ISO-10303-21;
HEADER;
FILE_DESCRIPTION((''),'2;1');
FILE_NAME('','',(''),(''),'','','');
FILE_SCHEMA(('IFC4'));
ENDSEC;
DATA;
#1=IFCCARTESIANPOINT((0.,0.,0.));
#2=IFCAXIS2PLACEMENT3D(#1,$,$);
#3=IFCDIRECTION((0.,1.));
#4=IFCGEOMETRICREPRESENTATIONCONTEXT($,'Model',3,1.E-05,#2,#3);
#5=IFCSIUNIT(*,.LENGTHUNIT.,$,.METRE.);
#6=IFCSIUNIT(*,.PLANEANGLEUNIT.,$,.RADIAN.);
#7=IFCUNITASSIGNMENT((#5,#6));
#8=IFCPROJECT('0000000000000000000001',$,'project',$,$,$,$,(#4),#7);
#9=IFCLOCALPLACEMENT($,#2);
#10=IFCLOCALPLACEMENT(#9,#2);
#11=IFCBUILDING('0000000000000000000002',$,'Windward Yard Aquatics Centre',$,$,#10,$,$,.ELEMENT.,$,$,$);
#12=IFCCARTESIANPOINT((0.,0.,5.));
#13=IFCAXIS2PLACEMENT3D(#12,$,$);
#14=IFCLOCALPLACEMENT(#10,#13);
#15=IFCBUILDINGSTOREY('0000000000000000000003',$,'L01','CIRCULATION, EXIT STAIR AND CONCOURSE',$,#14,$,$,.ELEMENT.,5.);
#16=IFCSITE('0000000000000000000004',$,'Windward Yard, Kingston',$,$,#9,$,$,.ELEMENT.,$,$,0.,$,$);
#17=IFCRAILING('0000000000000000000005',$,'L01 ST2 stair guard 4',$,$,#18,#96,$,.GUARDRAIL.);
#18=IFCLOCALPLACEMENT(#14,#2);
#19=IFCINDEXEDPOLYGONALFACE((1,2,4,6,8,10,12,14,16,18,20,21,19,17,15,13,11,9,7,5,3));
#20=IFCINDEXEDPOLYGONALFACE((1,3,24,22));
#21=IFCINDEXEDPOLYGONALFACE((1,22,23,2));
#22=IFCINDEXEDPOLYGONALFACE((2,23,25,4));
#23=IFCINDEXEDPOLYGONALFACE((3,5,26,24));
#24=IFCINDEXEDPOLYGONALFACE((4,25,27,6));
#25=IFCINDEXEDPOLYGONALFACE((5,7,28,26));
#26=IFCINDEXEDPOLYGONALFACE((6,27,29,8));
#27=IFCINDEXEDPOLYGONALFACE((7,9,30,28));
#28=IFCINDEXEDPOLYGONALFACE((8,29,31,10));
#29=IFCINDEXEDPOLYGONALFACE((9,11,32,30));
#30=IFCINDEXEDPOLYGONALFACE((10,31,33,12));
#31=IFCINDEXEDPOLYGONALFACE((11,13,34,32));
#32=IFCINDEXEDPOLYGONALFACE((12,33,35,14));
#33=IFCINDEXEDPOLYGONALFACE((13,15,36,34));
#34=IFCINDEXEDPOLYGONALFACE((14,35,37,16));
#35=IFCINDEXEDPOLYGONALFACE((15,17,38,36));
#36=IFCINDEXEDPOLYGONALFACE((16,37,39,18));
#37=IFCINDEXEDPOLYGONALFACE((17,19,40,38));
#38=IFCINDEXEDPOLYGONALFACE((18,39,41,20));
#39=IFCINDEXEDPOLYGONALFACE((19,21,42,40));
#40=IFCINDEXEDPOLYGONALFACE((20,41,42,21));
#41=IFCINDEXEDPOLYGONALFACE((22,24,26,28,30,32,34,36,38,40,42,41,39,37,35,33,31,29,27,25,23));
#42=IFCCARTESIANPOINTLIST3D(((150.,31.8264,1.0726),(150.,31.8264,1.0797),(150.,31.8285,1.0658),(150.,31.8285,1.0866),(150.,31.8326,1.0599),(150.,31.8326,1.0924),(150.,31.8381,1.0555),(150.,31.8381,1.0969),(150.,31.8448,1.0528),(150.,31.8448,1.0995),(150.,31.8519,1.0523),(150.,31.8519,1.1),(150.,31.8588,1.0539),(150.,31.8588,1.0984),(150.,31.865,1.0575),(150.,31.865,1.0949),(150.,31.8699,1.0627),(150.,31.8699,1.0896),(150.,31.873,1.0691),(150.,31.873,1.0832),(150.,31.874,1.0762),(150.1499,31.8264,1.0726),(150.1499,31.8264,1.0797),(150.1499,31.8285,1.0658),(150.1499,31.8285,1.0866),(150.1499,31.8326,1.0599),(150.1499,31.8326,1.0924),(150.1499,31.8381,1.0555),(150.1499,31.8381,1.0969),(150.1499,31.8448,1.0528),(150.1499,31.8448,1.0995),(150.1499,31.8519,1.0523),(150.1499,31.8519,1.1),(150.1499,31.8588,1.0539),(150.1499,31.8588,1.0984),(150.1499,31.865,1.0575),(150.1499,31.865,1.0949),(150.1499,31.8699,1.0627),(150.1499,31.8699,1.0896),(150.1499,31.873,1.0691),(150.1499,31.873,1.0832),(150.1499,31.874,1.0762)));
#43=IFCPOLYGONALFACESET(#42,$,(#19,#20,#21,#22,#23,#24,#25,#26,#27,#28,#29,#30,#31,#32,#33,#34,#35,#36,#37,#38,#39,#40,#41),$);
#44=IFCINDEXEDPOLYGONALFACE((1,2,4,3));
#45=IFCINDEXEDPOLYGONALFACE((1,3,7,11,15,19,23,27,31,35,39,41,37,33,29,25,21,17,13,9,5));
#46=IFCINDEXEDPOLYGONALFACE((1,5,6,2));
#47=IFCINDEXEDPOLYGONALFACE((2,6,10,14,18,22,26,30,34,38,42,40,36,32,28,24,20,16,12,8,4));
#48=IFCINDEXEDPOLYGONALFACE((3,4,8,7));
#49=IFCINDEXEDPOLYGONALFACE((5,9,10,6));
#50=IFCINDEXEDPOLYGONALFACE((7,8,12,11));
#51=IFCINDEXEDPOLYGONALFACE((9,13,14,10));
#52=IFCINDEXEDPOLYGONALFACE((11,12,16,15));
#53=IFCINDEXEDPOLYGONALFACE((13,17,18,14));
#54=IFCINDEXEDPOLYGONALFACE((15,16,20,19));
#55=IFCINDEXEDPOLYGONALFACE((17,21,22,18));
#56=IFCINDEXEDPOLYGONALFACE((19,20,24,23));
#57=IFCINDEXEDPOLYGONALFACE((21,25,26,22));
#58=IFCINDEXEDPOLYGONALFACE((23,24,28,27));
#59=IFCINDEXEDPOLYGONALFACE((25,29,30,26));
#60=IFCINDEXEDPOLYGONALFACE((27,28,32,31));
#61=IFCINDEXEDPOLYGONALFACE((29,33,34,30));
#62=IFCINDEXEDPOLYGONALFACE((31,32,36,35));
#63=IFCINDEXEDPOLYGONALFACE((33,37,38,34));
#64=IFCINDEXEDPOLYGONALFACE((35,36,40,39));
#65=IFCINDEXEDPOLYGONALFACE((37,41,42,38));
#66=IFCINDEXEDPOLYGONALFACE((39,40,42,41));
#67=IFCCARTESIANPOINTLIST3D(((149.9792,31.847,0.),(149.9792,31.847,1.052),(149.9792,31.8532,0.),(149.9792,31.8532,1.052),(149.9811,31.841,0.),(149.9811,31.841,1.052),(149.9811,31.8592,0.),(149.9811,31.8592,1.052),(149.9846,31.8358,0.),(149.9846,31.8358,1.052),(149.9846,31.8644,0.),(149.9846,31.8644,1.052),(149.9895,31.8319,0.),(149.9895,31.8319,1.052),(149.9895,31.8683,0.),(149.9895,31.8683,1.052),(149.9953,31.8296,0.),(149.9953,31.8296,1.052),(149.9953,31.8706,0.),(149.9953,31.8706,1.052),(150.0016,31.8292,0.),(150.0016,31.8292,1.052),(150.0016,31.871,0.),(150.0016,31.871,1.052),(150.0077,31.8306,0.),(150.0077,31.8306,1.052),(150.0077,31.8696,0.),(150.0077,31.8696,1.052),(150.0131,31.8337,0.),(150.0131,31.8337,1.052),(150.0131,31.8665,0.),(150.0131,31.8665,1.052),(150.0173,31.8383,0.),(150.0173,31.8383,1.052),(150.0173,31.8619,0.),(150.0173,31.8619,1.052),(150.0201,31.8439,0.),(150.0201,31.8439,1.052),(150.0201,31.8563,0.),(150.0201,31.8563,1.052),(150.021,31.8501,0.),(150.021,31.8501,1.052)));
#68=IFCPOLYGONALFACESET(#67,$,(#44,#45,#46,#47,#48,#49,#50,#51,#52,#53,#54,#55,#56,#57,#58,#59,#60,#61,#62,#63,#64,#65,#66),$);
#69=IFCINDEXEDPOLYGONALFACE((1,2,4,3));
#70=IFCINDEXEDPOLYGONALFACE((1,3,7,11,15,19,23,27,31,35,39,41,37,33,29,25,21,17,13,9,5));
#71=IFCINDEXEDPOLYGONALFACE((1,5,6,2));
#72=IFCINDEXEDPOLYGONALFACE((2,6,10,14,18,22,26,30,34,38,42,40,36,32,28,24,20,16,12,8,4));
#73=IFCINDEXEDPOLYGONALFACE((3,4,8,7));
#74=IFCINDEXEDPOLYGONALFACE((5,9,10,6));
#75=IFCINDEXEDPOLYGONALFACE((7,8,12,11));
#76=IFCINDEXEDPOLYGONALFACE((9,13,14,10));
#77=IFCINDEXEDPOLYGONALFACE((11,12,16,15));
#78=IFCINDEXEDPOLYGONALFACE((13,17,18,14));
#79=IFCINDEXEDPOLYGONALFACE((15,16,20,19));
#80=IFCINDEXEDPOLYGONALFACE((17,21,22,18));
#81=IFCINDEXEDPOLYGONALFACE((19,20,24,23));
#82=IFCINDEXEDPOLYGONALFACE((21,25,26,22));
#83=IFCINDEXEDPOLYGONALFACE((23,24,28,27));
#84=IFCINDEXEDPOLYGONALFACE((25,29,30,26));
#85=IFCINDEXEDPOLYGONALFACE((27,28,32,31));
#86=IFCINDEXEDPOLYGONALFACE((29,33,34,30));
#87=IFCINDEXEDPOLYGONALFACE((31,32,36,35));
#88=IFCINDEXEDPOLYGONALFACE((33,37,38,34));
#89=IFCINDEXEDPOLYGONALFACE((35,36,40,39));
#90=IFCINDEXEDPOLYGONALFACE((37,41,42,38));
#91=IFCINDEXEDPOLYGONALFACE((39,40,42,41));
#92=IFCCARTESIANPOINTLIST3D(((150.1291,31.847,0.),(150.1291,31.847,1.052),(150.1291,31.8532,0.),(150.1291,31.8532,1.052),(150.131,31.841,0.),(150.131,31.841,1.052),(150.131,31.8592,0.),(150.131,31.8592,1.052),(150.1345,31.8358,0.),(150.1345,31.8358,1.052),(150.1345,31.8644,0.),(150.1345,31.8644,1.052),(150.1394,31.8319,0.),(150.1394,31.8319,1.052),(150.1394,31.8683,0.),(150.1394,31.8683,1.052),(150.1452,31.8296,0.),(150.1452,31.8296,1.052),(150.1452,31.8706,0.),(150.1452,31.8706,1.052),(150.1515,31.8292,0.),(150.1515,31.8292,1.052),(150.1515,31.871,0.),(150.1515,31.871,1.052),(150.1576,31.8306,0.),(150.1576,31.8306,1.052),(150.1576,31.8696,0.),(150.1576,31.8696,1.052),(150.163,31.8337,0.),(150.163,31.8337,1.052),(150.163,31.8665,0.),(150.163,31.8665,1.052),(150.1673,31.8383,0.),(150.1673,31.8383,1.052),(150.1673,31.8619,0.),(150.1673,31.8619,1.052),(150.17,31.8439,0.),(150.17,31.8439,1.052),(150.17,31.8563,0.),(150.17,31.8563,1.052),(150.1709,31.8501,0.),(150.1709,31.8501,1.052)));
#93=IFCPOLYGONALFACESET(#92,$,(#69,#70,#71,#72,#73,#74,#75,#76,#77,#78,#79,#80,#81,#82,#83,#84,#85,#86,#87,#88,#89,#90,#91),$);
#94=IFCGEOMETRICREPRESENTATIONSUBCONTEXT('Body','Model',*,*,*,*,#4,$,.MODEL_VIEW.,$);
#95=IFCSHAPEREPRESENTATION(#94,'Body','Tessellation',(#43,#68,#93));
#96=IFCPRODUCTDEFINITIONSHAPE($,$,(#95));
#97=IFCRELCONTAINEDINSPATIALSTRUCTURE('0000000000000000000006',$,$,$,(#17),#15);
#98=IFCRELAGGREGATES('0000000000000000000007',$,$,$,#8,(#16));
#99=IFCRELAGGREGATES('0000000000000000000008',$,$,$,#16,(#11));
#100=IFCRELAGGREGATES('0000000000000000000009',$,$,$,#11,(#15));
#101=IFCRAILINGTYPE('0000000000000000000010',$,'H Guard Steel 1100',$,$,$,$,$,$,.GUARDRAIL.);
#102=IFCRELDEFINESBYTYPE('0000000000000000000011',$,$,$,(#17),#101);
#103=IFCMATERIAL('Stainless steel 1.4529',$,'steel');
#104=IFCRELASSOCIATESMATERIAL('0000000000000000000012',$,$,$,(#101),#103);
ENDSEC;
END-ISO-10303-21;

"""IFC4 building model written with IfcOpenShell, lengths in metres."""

from ifc_helpers import new_model, si_unit, direction, frame, origin, origin_2d, place, context, subcontext, project, spatial, circle, extrude, material, type_object, element, save


model = new_model("IFC4")

# Units and contexts
model_context = context("Model", 3, precision=1e-05, world=origin(), true_north=direction((0.0, 1.0)))
body_context = subcontext(model_context, "Body", "Model", "MODEL_VIEW")
ifc_project = project(units=[si_unit("LENGTHUNIT", "METRE"), si_unit("PLANEANGLEUNIT", "RADIAN")], contexts=[model_context])

# Site, building, storey
site_placement = place(None, origin())
site = spatial("IfcSite", under=ifc_project, at=site_placement, Name="Windward Yard, Kingston", CompositionType="ELEMENT", RefElevation=0.0)
building_placement = place(site_placement, origin())
building = spatial("IfcBuilding", under=site, at=building_placement, Name="Windward Yard Aquatics Centre", CompositionType="ELEMENT")
storey_placement = place(building_placement, frame((0.0, 0.0, 5.0)))
storey = spatial("IfcBuildingStorey", under=building, at=storey_placement, Name="L01", Description="CIRCULATION, EXIT STAIR AND CONCOURSE", CompositionType="ELEMENT", Elevation=5.0)

# Railing
ifc_material_1 = material(Name="Stainless steel 1.4529", Category="steel")
railing_type_1 = type_object("IfcRailingType", Name="H Guard Steel 1100", PredefinedType="GUARDRAIL", material=ifc_material_1)
railing_1_placement = place(storey_placement, frame((150.0, 31.8501, 0.0)))
element("IfcRailing", 1, at=railing_1_placement, inside=storey, type_object=railing_type_1, Name="L01 ST2 stair guard 4", PredefinedType="GUARDRAIL", context=body_context, shape_type="SweptSolid", body=[
    extrude(circle(Radius=0.0239, at=origin_2d()), frame((0.0, 0.0, 1.0762), z_axis=(1.0, 0.0, 0.0), x_axis=(0.0, 1.0, 0.0)), (0.0, 0.0, 1.0), 0.1499),
    extrude(circle(Radius=0.021, at=origin_2d()), origin(), (0.0, 0.0, 1.0), 1.052),
    extrude(circle(Radius=0.021, at=origin_2d()), frame((0.1499, 0.0, 0.0)), (0.0, 0.0, 1.0), 1.052),
])

save(model, "model.ifc")
